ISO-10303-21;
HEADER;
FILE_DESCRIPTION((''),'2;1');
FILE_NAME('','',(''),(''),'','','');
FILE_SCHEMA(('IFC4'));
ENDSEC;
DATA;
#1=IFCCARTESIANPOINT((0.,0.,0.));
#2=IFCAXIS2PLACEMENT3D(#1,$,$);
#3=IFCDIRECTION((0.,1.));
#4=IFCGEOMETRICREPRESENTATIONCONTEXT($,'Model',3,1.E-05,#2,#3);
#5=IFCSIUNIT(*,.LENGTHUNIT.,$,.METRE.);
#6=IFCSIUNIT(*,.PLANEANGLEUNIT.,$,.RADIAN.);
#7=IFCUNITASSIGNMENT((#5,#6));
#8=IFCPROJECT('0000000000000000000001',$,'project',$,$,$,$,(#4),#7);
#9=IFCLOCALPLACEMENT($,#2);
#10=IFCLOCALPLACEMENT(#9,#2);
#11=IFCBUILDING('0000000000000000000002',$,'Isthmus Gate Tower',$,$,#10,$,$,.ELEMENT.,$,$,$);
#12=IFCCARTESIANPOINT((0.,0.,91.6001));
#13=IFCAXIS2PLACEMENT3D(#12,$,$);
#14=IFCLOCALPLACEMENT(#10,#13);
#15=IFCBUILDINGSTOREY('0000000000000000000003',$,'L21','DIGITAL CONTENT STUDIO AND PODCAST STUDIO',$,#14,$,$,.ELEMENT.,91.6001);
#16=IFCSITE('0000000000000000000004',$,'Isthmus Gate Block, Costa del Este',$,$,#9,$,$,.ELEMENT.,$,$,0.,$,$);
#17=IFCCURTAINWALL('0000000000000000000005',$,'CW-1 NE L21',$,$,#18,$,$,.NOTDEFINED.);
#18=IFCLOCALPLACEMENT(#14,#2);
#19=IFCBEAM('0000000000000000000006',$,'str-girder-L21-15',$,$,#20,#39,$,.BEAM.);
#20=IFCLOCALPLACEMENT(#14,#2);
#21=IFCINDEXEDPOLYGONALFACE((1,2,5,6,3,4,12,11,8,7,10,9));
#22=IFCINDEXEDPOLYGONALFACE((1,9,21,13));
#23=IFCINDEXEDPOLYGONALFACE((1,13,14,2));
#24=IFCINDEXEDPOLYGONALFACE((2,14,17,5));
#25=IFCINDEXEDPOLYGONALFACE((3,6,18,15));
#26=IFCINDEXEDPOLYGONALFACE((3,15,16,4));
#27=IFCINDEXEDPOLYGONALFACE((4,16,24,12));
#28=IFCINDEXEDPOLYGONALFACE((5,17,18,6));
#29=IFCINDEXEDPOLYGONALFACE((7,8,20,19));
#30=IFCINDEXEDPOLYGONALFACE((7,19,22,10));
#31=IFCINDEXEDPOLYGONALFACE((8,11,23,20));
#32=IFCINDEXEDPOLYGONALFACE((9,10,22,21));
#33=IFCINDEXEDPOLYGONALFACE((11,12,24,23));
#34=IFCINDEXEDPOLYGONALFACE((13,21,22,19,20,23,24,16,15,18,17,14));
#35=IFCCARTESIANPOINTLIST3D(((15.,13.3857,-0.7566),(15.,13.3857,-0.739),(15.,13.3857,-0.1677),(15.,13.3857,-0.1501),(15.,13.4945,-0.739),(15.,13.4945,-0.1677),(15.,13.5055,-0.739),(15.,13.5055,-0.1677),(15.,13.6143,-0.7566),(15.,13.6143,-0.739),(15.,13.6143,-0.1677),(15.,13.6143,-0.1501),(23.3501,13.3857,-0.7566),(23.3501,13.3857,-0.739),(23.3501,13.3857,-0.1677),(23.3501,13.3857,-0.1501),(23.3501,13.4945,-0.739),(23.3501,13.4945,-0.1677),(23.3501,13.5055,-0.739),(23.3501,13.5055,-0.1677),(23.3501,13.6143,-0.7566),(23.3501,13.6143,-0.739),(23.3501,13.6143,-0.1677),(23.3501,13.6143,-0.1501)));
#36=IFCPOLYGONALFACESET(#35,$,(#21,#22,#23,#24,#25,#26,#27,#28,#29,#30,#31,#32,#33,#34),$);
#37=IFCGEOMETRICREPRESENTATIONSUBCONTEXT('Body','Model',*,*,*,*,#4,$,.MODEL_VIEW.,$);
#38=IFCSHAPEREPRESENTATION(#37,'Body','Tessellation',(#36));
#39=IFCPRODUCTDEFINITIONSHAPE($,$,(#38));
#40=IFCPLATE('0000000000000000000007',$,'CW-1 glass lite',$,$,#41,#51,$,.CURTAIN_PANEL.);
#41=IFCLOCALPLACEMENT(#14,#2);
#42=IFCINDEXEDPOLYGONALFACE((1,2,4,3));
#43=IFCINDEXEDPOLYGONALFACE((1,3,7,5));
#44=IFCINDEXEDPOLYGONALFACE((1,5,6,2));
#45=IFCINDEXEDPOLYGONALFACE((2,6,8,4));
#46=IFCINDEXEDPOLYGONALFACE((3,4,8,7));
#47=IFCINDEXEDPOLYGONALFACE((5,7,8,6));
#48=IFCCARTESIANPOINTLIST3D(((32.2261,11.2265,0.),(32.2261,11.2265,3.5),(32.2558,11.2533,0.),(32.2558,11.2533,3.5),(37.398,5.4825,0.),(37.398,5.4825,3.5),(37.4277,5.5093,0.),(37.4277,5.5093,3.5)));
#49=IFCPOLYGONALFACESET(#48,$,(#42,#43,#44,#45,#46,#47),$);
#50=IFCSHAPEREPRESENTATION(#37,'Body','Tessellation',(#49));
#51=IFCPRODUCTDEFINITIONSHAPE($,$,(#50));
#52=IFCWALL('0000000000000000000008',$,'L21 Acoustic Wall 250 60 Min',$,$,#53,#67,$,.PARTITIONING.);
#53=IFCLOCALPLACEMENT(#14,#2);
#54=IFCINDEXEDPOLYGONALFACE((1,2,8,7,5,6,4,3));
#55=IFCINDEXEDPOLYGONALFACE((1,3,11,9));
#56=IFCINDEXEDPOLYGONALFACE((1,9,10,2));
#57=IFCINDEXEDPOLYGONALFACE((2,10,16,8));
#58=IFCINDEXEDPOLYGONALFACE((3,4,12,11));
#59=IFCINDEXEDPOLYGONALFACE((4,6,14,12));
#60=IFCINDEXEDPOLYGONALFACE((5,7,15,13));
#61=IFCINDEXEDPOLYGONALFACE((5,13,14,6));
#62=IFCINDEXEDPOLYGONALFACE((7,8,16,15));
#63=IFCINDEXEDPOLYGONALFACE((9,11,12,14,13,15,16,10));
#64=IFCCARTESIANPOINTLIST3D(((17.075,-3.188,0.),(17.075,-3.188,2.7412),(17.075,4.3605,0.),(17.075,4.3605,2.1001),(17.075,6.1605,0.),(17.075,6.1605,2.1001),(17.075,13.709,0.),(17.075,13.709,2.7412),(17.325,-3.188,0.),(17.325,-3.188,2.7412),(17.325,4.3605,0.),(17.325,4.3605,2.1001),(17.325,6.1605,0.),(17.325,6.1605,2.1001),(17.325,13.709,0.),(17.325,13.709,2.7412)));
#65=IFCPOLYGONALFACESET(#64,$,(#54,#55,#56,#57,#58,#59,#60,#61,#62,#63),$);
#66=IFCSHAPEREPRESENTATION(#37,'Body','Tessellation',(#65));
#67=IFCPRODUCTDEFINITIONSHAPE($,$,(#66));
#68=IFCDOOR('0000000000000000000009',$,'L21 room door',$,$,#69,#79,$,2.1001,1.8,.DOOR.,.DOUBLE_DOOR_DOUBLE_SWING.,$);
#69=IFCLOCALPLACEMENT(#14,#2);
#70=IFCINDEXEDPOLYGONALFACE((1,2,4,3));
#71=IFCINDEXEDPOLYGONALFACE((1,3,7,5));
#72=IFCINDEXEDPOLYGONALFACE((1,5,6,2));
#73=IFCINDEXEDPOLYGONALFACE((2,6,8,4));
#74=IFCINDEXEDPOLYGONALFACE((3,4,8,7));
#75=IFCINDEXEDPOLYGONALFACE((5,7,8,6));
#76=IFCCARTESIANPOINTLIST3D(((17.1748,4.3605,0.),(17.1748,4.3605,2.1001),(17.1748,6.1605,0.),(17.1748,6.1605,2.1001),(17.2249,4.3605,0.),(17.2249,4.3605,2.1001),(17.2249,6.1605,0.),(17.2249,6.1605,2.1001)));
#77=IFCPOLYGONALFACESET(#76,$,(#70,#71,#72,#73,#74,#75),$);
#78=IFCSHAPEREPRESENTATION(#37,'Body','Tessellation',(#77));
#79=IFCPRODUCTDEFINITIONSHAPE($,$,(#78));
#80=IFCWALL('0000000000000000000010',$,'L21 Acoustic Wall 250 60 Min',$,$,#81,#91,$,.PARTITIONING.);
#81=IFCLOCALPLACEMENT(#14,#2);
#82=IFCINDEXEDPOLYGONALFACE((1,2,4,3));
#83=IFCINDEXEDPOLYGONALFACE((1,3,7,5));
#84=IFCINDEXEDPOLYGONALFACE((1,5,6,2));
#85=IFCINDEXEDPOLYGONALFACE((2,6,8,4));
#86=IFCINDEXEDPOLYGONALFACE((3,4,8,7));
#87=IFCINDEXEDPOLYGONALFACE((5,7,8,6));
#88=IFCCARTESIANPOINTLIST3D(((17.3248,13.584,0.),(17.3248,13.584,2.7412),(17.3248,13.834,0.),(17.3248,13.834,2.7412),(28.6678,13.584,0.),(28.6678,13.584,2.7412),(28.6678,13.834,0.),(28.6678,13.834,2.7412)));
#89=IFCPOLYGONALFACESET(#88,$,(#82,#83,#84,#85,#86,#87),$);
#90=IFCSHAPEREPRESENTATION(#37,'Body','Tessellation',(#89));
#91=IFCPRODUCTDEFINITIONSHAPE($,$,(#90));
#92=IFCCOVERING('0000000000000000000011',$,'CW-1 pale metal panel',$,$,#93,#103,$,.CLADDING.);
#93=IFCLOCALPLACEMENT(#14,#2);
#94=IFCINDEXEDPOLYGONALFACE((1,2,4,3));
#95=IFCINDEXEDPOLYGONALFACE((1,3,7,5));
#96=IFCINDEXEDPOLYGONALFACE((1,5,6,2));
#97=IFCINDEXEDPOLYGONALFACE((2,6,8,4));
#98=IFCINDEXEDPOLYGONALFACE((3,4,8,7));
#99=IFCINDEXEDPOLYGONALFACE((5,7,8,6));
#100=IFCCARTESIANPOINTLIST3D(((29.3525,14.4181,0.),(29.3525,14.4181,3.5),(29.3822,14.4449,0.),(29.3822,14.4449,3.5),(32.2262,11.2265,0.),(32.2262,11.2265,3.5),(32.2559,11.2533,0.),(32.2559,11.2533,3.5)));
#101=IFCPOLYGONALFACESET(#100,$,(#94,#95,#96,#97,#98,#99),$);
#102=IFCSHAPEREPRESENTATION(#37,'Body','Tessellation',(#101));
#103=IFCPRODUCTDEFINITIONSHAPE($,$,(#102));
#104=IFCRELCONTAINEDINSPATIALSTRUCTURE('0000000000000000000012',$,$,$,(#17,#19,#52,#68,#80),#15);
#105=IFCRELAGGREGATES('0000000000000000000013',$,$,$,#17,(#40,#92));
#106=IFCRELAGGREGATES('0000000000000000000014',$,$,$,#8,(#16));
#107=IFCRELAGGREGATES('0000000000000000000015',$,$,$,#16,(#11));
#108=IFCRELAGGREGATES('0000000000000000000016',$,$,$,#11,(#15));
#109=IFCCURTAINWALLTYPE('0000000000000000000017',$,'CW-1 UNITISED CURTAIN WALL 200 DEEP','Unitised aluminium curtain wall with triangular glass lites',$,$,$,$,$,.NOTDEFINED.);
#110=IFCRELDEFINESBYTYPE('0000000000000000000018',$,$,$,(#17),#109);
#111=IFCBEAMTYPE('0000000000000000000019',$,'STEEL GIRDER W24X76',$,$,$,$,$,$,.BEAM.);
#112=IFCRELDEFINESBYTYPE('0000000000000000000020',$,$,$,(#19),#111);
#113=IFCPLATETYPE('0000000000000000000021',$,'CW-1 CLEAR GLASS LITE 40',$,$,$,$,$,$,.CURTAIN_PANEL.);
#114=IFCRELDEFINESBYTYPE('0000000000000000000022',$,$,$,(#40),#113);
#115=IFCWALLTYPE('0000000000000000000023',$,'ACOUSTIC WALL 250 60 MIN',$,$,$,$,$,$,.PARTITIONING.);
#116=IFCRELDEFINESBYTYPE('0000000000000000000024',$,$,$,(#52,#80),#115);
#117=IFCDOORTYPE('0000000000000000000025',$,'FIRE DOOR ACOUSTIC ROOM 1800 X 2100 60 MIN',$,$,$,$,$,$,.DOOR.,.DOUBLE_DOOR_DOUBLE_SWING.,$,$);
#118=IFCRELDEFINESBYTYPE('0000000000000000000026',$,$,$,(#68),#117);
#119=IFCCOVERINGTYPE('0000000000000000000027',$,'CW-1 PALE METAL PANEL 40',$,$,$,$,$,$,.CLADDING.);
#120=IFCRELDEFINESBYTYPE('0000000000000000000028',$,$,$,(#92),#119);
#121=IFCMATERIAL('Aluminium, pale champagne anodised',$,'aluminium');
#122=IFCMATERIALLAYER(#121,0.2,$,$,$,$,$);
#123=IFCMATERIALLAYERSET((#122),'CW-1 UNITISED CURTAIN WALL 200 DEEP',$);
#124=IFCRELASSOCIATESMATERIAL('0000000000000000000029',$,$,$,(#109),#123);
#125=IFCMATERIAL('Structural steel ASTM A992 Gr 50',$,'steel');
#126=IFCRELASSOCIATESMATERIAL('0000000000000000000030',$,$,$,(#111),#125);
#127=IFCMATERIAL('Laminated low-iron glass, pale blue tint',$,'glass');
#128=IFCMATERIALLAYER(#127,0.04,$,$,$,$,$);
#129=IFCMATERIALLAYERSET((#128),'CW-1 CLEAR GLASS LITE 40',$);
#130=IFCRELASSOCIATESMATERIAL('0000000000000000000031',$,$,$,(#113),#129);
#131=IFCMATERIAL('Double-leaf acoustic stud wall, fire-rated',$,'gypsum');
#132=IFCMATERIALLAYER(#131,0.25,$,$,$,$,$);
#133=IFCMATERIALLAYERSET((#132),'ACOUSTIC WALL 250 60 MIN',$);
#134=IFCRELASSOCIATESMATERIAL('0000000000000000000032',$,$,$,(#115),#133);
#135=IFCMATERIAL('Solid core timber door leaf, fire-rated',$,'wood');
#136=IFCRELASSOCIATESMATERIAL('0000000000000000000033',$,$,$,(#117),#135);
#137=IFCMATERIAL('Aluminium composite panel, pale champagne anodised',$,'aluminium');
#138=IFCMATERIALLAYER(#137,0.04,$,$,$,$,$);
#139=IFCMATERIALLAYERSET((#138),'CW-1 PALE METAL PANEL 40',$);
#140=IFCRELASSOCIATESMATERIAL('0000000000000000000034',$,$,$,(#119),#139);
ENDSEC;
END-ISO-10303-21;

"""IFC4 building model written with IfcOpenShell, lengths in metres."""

from ifc_helpers import new_model, si_unit, direction, frame, frame_2d, origin, origin_2d, place, context, subcontext, project, spatial, rectangle, i_section, extrude, material, layer, layer_set, material_profile, profile_set, type_object, element, fill, aggregate, save


model = new_model("IFC4")

# Units and contexts
model_context = context("Model", 3, precision=1e-05, world=origin(), true_north=direction((0.0, 1.0)))
body_context = subcontext(model_context, "Body", "Model", "MODEL_VIEW")
ifc_project = project(units=[si_unit("LENGTHUNIT", "METRE"), si_unit("PLANEANGLEUNIT", "RADIAN")], contexts=[model_context])

# Site, building, storey
site_placement = place(None, origin())
site = spatial("IfcSite", under=ifc_project, at=site_placement, Name="Isthmus Gate Block, Costa del Este", CompositionType="ELEMENT", RefElevation=0.0)
building_placement = place(site_placement, origin())
building = spatial("IfcBuilding", under=site, at=building_placement, Name="Isthmus Gate Tower", CompositionType="ELEMENT")
storey_placement = place(building_placement, frame((0.0, 0.0, 91.6001)))
storey = spatial("IfcBuildingStorey", under=building, at=storey_placement, Name="L21", Description="DIGITAL CONTENT STUDIO AND PODCAST STUDIO", CompositionType="ELEMENT", Elevation=91.6001)

# Curtain wall
ifc_material_1 = material(Name="Aluminium, pale champagne anodised", Category="aluminium")
ifc_layer_1 = layer(ifc_material_1, 0.2)
ifc_layer_set_1 = layer_set([ifc_layer_1], Name="CW-1 UNITISED CURTAIN WALL 200 DEEP")
curtain_wall_type = type_object("IfcCurtainWallType", Name="CW-1 UNITISED CURTAIN WALL 200 DEEP", Description="Unitised aluminium curtain wall with triangular glass lites", PredefinedType="NOTDEFINED", material=ifc_layer_set_1)
curtain_wall_placement = place(storey_placement, origin())
curtain_wall = element("IfcCurtainWall", 1, at=curtain_wall_placement, inside=storey, type_object=curtain_wall_type, Name="CW-1 NE L21", PredefinedType="NOTDEFINED")

# Beam
ifc_material_2 = material(Name="Structural steel ASTM A992 Gr 50", Category="steel")
ifc_material_profile_1 = material_profile(ifc_material_2, i_section(OverallWidth=0.2285, OverallDepth=0.6064, WebThickness=0.011, FlangeThickness=0.0176, at=origin_2d()), Name="W24X76")
ifc_profile_set_1 = profile_set([ifc_material_profile_1], Name="Structural steel ASTM A992 Gr 50")
beam_type_1 = type_object("IfcBeamType", Name="STEEL GIRDER W24X76", PredefinedType="BEAM", material=ifc_profile_set_1)
beam_1_placement = place(storey_placement, frame((15.0, 13.5, -0.4534), z_axis=(1.0, 0.0, 0.0), x_axis=(0.0, 1.0, 0.0)))
element("IfcBeam", 2, at=beam_1_placement, inside=storey, type_object=beam_type_1, Name="str-girder-L21-15", PredefinedType="BEAM", context=body_context, shape_type="SweptSolid", body=[
    extrude(i_section(OverallWidth=0.2285, OverallDepth=0.6064, WebThickness=0.011, FlangeThickness=0.0176, at=origin_2d()), origin(), (0.0, 0.0, 1.0), 8.3501),
])

# Plate
ifc_material_3 = material(Name="Laminated low-iron glass, pale blue tint", Category="glass")
ifc_layer_2 = layer(ifc_material_3, 0.04)
ifc_layer_set_2 = layer_set([ifc_layer_2], Name="CW-1 CLEAR GLASS LITE 40")
plate_type = type_object("IfcPlateType", Name="CW-1 CLEAR GLASS LITE 40", PredefinedType="CURTAIN_PANEL", material=ifc_layer_set_2)
plate_placement = place(storey_placement, frame((34.8269, 8.3679, 0.0), z_axis=(0.0, 0.0, 1.0), x_axis=(-0.669131, 0.743145, 0.0)))
plate = element("IfcPlate", 3, at=plate_placement, type_object=plate_type, Name="CW-1 glass lite", PredefinedType="CURTAIN_PANEL", context=body_context, shape_type="SweptSolid", body=[
    extrude(rectangle(XDim=7.7292, YDim=0.04, at=origin_2d()), origin(), (0.0, 0.0, 1.0), 3.5),
])

# Wall, opening, door
ifc_material_4 = material(Name="Double-leaf acoustic stud wall, fire-rated", Category="gypsum")
ifc_layer_3 = layer(ifc_material_4, 0.25)
ifc_layer_set_3 = layer_set([ifc_layer_3], Name="ACOUSTIC WALL 250 60 MIN")
wall_type = type_object("IfcWallType", Name="ACOUSTIC WALL 250 60 MIN", PredefinedType="PARTITIONING", material=ifc_layer_set_3)
wall_1_placement = place(storey_placement, frame((17.2, 13.709, 0.0), z_axis=(0.0, 0.0, 1.0), x_axis=(0.0, -1.0, 0.0)))
wall_1 = element("IfcWall", 4, at=wall_1_placement, inside=storey, type_object=wall_type, Name="L21 Acoustic Wall 250 60 Min", PredefinedType="PARTITIONING", context=body_context, shape_type="SweptSolid", body=[
    extrude(rectangle(XDim=16.897, YDim=0.25, at=frame_2d((8.4485, 0.0))), origin(), (0.0, 0.0, 1.0), 2.7412),
])
opening_placement = place(wall_1_placement, frame((7.5486, 0.0, 0.0)))
opening = element("IfcOpeningElement", 5, at=opening_placement, cuts=wall_1, PredefinedType="OPENING", context=body_context, shape_type="SweptSolid", body=[
    extrude(rectangle(XDim=1.8, YDim=2.1001, at=frame_2d((0.8999, 1.05))), frame((0.0, 0.135, 0.0), z_axis=(0.0, -1.0, 0.0), x_axis=(1.0, 0.0, 0.0)), (0.0, 0.0, 1.0), 0.27),
])
ifc_material_5 = material(Name="Solid core timber door leaf, fire-rated", Category="wood")
door_type = type_object("IfcDoorType", Name="FIRE DOOR ACOUSTIC ROOM 1800 X 2100 60 MIN", OperationType="DOUBLE_DOOR_DOUBLE_SWING", PredefinedType="DOOR", material=ifc_material_5)
door_placement = place(opening_placement, origin())
door = element("IfcDoor", 6, at=door_placement, inside=storey, type_object=door_type, Name="L21 room door", OperationType="DOUBLE_DOOR_DOUBLE_SWING", OverallHeight=2.1001, OverallWidth=1.8, PredefinedType="DOOR", context=body_context, shape_type="SweptSolid", body=[
    extrude(rectangle(XDim=1.8, YDim=2.1001, at=frame_2d((0.8999, 1.05))), frame((0.0, 0.0249, 0.0), z_axis=(0.0, -1.0, 0.0), x_axis=(1.0, 0.0, 0.0)), (0.0, 0.0, 1.0), 0.05),
])
fill(opening, door)

# Wall
wall_2_placement = place(storey_placement, frame((17.325, 13.709, 0.0), z_axis=(0.0, 0.0, 1.0), x_axis=(1.0, 0.0, 0.0)))
element("IfcWall", 7, at=wall_2_placement, inside=storey, type_object=wall_type, Name="L21 Acoustic Wall 250 60 Min", PredefinedType="PARTITIONING", context=body_context, shape_type="SweptSolid", body=[
    extrude(rectangle(XDim=11.343, YDim=0.25, at=frame_2d((5.6714, 0.0))), origin(), (0.0, 0.0, 1.0), 2.7412),
])

# Covering
ifc_material_6 = material(Name="Aluminium composite panel, pale champagne anodised", Category="aluminium")
ifc_layer_4 = layer(ifc_material_6, 0.04)
ifc_layer_set_4 = layer_set([ifc_layer_4], Name="CW-1 PALE METAL PANEL 40")
covering_type = type_object("IfcCoveringType", Name="CW-1 PALE METAL PANEL 40", PredefinedType="CLADDING", material=ifc_layer_set_4)
covering_placement = place(storey_placement, frame((30.8042, 12.8357, 0.0), z_axis=(0.0, 0.0, 1.0), x_axis=(-0.669131, 0.743145, 0.0)))
covering = element("IfcCovering", 8, at=covering_placement, type_object=covering_type, Name="CW-1 pale metal panel", PredefinedType="CLADDING", context=body_context, shape_type="SweptSolid", body=[
    extrude(rectangle(XDim=4.2947, YDim=0.04, at=origin_2d()), origin(), (0.0, 0.0, 1.0), 3.5),
])
aggregate(curtain_wall, [plate, covering])

save(model, "model.ifc")
